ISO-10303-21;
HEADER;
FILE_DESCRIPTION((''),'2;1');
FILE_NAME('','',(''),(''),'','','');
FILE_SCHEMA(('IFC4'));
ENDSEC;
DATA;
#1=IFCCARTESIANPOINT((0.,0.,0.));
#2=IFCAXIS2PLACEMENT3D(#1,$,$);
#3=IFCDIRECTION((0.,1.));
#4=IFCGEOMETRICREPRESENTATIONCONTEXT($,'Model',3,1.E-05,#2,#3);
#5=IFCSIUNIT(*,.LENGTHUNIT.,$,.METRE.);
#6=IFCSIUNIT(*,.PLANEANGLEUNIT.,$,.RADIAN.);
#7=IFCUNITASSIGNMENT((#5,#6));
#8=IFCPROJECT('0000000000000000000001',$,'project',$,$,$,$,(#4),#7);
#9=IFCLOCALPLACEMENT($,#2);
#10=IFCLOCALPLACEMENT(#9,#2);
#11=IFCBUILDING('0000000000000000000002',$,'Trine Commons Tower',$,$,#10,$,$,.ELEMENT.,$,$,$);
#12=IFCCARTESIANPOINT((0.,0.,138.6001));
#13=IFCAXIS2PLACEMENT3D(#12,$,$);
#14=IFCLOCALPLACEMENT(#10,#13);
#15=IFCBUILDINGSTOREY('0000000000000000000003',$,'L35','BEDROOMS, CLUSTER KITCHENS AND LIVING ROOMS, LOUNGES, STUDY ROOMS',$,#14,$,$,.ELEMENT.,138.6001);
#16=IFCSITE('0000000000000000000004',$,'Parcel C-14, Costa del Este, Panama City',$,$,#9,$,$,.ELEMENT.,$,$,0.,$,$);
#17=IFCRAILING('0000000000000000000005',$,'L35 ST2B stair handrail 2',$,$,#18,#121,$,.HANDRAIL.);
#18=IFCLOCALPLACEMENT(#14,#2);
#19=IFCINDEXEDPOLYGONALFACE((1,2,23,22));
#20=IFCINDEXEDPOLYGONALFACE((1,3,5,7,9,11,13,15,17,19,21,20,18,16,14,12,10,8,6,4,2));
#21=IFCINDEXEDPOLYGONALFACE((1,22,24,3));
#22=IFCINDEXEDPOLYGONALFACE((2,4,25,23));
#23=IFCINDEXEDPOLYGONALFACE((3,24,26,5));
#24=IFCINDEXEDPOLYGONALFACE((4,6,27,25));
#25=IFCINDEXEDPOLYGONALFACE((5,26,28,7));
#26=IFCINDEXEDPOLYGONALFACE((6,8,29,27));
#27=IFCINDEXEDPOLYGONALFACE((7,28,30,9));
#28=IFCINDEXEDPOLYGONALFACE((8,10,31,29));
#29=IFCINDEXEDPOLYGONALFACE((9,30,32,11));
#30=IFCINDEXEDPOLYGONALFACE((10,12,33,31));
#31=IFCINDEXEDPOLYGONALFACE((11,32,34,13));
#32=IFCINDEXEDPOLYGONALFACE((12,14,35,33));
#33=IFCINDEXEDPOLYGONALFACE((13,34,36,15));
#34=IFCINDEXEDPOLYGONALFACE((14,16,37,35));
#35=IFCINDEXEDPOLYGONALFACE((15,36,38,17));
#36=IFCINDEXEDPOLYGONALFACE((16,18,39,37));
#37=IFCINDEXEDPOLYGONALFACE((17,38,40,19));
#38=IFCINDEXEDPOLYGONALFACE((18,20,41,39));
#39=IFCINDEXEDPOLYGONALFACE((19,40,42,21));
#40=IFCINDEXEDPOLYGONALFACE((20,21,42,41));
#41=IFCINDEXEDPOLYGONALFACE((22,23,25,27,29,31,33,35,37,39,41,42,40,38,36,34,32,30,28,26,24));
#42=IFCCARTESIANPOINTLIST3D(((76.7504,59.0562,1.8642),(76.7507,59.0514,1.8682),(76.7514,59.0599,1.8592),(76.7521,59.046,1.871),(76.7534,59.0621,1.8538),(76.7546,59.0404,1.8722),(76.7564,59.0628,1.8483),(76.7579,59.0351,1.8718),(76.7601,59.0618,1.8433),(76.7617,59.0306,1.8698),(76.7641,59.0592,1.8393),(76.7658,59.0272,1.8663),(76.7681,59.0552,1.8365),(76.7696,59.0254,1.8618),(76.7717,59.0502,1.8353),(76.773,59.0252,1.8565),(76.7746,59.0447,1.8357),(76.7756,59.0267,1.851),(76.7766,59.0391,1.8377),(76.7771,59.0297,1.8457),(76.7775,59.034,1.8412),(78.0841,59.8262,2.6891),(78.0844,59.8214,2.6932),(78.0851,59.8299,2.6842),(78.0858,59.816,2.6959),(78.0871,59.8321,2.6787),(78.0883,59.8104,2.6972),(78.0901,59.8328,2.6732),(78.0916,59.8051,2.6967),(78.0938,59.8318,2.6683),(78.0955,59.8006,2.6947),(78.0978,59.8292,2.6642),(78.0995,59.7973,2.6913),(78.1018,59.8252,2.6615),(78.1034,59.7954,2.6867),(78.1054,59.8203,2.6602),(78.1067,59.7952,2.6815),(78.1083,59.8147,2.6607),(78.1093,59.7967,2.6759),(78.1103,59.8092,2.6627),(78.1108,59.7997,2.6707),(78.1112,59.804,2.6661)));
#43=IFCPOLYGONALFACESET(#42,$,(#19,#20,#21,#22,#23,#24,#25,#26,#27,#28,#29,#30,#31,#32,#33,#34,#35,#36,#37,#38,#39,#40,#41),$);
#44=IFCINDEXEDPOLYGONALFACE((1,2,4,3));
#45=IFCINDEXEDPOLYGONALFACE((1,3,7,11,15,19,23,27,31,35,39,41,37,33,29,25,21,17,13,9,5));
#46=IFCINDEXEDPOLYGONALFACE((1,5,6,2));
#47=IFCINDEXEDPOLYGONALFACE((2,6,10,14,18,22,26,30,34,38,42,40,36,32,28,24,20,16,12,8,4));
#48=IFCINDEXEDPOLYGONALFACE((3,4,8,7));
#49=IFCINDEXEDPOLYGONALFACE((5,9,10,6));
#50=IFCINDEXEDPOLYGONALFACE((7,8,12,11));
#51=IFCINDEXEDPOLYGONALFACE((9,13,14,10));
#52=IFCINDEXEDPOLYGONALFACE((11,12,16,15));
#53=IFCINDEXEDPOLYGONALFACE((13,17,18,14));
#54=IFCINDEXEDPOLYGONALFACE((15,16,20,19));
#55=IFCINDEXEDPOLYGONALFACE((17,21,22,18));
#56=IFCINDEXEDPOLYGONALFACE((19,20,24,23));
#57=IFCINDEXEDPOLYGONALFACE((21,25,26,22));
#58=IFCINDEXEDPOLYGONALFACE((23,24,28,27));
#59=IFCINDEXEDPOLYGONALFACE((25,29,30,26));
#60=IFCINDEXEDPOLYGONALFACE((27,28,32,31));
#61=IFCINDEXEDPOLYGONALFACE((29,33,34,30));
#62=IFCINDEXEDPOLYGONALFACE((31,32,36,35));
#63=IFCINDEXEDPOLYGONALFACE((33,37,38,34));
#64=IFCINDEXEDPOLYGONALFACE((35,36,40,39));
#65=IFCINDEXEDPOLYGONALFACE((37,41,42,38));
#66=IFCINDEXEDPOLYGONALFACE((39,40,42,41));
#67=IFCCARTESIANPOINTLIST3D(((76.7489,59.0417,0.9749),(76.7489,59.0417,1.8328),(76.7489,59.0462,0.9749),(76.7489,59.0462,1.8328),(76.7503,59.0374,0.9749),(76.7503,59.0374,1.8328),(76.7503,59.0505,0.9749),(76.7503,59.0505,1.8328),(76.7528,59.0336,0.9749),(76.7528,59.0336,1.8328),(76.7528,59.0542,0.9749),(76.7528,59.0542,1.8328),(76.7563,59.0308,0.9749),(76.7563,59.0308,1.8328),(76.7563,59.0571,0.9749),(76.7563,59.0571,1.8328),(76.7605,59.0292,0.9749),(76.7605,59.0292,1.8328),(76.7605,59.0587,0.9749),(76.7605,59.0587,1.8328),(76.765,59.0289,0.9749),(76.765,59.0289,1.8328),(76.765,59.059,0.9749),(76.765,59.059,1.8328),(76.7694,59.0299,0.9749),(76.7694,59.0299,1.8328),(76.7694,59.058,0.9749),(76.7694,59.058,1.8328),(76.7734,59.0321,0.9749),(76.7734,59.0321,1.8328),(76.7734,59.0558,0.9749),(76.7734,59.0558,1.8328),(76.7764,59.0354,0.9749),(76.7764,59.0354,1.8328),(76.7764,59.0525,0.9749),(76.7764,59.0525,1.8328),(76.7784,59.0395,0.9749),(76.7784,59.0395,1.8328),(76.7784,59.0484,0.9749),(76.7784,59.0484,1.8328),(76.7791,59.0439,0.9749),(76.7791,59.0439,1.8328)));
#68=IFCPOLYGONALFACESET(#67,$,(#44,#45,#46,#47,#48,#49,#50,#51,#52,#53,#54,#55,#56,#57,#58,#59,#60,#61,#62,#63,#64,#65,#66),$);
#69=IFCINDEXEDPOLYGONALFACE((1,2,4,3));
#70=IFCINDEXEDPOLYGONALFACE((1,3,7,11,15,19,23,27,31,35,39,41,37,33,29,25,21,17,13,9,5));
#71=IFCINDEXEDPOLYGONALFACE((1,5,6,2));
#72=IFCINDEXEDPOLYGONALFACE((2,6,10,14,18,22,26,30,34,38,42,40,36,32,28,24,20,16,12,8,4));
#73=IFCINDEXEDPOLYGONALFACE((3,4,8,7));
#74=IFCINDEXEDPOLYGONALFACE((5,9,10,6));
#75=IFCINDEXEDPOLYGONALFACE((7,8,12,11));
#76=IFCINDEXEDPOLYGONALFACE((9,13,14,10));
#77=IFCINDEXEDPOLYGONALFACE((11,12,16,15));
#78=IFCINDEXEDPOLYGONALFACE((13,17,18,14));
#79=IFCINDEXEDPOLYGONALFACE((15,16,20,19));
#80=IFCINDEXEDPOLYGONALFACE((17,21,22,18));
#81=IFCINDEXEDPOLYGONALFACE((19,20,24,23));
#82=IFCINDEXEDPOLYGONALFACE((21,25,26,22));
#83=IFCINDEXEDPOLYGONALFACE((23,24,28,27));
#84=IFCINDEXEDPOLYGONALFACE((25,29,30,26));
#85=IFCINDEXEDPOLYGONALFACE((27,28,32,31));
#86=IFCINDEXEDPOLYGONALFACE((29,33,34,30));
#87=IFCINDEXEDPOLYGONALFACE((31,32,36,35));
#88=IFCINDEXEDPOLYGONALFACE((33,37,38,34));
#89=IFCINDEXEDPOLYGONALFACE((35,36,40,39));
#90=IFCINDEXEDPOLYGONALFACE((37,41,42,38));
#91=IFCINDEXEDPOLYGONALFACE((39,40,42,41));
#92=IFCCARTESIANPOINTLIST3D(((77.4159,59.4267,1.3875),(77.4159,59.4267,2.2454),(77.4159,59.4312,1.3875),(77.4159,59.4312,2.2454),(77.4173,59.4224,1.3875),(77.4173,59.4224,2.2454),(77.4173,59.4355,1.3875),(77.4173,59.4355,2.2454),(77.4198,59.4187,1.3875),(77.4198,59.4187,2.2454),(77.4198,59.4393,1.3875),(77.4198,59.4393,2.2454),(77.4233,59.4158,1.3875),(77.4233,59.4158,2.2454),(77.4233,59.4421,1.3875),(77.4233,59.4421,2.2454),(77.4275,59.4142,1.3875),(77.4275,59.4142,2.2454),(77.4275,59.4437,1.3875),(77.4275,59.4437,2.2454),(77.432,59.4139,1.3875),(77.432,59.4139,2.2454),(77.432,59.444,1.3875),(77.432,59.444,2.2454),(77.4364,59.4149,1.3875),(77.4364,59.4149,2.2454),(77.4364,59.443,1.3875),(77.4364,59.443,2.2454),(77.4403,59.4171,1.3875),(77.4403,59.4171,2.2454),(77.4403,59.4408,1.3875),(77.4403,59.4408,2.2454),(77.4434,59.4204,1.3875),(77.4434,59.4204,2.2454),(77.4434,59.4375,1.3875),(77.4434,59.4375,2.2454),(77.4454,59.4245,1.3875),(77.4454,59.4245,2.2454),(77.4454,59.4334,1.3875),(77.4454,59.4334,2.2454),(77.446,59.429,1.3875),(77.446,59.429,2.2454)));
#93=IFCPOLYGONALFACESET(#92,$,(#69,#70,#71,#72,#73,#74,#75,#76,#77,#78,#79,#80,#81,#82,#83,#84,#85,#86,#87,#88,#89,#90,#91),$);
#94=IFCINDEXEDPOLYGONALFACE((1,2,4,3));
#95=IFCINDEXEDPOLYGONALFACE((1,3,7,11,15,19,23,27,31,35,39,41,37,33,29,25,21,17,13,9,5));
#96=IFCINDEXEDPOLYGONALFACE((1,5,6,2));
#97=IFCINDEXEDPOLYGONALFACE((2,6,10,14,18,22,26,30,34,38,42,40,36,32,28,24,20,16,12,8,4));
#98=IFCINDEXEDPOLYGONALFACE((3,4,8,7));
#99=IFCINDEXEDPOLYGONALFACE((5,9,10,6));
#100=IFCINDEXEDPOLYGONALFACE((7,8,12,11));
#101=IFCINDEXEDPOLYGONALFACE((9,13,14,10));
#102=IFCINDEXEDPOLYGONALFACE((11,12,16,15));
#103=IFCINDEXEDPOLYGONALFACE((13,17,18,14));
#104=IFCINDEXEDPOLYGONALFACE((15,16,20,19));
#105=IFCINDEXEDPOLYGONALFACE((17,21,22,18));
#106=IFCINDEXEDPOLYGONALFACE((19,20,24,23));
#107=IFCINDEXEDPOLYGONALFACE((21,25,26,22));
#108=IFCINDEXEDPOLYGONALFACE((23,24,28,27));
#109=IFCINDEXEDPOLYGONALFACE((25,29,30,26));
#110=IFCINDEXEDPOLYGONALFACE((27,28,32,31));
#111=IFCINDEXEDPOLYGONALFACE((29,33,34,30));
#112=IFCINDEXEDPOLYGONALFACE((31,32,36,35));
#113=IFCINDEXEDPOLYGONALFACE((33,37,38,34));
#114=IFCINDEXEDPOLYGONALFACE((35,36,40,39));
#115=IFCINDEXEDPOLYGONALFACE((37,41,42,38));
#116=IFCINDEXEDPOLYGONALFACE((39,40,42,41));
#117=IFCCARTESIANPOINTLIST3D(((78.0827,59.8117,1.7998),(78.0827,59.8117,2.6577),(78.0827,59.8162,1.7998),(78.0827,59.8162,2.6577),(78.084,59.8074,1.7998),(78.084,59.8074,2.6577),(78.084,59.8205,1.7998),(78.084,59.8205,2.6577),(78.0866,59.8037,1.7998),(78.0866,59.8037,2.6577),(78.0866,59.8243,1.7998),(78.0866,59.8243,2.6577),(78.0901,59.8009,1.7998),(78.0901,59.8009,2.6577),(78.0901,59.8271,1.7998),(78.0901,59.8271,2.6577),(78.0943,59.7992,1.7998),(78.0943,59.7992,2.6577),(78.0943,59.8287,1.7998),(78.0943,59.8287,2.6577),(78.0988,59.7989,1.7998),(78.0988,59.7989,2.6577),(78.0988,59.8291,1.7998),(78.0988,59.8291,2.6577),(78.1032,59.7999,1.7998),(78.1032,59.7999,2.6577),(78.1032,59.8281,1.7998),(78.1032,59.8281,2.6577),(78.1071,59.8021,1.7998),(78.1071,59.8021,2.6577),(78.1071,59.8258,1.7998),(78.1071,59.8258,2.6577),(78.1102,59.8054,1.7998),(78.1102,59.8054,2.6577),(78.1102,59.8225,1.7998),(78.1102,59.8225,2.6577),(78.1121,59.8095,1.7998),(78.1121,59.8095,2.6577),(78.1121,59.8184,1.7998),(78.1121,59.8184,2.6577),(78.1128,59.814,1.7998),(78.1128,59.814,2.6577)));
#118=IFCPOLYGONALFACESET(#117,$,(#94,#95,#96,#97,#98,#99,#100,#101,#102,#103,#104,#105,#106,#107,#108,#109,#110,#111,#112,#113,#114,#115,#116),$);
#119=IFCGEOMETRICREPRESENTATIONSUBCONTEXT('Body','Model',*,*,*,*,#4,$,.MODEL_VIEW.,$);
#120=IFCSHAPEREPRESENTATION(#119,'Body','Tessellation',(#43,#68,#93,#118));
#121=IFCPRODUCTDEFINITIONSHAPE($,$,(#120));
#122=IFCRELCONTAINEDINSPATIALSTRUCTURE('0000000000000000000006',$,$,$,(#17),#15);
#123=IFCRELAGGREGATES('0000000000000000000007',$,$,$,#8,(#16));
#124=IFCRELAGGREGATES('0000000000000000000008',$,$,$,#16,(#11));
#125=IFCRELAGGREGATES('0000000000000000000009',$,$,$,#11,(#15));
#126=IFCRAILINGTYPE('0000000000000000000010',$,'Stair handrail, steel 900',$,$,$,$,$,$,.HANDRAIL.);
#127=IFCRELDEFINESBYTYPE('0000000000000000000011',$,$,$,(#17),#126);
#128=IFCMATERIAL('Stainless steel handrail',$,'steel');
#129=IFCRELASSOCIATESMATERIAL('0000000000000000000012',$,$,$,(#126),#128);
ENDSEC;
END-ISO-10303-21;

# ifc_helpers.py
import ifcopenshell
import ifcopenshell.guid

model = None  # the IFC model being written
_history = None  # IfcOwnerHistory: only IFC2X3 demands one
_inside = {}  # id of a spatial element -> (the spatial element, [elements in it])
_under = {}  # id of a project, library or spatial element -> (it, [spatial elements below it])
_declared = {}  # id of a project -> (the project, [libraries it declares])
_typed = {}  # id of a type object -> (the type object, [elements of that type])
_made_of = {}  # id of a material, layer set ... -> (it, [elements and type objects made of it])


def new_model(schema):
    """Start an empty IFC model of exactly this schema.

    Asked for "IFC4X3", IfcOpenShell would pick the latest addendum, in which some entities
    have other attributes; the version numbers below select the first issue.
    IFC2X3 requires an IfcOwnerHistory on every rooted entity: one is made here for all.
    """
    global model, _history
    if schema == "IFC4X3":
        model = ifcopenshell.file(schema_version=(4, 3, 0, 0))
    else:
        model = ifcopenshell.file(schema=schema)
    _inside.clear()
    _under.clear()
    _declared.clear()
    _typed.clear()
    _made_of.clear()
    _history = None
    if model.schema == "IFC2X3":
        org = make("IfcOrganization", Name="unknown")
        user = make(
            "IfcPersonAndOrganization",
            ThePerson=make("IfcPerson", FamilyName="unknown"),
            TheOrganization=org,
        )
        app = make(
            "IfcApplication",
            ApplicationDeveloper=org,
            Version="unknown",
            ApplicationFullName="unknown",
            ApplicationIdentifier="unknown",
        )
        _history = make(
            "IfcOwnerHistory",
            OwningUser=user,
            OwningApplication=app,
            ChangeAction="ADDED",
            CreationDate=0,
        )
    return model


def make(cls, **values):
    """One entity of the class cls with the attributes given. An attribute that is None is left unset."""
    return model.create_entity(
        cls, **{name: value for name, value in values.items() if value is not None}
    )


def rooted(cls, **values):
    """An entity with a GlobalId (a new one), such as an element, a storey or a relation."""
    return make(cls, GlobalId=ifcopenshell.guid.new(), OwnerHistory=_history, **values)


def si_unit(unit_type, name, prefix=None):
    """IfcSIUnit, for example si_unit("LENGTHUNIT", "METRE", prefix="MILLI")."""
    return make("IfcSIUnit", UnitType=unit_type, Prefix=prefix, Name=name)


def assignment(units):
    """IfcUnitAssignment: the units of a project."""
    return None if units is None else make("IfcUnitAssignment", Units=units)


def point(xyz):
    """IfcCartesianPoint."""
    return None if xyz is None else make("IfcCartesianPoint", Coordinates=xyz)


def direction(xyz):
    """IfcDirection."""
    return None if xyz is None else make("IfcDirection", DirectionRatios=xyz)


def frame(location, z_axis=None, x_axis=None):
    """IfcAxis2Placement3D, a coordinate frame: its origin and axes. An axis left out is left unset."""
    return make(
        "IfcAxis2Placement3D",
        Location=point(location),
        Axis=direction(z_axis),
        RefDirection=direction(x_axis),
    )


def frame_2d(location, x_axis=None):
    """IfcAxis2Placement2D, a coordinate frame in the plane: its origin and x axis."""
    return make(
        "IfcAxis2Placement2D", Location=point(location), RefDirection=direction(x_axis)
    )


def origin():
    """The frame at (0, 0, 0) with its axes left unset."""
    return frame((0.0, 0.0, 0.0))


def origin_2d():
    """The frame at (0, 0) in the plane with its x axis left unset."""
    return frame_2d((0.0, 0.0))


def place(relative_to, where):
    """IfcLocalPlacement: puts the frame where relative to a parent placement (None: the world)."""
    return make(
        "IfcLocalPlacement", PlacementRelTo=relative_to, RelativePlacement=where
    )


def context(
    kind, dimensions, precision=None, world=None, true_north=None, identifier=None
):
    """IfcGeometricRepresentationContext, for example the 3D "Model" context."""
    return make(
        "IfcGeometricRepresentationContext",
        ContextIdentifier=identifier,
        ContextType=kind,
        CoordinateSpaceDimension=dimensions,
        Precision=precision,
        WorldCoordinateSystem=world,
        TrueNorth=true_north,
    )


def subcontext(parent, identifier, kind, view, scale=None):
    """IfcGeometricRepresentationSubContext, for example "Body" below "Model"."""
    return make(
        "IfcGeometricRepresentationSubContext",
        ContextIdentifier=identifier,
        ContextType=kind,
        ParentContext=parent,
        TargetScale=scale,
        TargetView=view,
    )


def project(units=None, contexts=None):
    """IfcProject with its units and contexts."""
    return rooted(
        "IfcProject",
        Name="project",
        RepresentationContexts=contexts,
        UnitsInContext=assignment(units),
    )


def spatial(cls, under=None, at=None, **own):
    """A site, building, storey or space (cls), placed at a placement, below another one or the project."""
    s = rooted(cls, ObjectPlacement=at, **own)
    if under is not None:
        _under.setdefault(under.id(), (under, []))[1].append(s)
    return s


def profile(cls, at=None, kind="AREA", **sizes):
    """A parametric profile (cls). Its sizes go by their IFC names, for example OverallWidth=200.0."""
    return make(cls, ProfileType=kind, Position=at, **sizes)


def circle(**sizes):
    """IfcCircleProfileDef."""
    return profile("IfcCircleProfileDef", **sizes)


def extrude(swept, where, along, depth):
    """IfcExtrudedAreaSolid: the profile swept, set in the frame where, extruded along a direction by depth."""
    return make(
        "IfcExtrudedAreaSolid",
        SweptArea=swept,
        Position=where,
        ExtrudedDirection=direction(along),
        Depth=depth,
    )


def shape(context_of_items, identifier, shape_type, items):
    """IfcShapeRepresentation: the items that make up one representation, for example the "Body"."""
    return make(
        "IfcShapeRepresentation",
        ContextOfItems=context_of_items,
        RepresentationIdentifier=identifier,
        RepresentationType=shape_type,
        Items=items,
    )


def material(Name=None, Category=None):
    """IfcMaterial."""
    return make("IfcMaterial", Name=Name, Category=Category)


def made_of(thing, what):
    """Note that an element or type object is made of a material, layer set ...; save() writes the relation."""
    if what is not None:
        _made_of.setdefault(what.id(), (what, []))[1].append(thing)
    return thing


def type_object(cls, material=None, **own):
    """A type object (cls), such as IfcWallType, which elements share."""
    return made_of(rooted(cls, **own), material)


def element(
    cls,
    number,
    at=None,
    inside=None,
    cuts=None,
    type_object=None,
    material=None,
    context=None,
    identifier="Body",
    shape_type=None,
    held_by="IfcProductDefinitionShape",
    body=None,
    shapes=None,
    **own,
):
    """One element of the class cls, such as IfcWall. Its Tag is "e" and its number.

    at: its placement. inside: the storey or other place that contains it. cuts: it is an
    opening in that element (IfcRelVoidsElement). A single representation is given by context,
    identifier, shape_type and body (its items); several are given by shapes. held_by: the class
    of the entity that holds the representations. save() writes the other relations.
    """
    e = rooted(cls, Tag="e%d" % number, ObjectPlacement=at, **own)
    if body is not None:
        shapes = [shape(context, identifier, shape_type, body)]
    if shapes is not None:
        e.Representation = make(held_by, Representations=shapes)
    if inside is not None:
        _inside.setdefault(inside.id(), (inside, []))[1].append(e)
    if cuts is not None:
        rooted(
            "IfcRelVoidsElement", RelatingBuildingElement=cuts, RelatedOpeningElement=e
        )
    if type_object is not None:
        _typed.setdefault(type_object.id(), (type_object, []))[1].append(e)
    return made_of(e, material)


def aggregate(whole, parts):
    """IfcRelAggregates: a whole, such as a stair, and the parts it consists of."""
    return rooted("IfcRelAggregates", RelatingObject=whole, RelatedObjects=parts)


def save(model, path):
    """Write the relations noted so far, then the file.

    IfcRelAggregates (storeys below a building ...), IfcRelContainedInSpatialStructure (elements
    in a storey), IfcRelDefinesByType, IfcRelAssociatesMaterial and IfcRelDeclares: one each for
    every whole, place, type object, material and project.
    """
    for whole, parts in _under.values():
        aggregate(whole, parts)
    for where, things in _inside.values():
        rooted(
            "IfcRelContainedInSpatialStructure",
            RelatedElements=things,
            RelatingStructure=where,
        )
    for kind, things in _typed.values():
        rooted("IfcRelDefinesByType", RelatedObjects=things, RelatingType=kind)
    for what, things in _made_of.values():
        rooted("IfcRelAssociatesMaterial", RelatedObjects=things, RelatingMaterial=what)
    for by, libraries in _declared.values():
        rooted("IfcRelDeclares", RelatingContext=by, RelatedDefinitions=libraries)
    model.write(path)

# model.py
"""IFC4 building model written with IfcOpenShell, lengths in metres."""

from ifc_helpers import new_model, si_unit, direction, frame, origin, origin_2d, place, context, subcontext, project, spatial, circle, extrude, material, type_object, element, save


model = new_model("IFC4")

# Units and contexts
model_context = context("Model", 3, precision=1e-05, world=origin(), true_north=direction((0.0, 1.0)))
body_context = subcontext(model_context, "Body", "Model", "MODEL_VIEW")
ifc_project = project(units=[si_unit("LENGTHUNIT", "METRE"), si_unit("PLANEANGLEUNIT", "RADIAN")], contexts=[model_context])

# Site, building, storey
site_placement = place(None, origin())
site = spatial("IfcSite", under=ifc_project, at=site_placement, Name="Parcel C-14, Costa del Este, Panama City", CompositionType="ELEMENT", RefElevation=0.0)
building_placement = place(site_placement, origin())
building = spatial("IfcBuilding", under=site, at=building_placement, Name="Trine Commons Tower", CompositionType="ELEMENT")
storey_placement = place(building_placement, frame((0.0, 0.0, 138.6001)))
storey = spatial("IfcBuildingStorey", under=building, at=storey_placement, Name="L35", Description="BEDROOMS, CLUSTER KITCHENS AND LIVING ROOMS, LOUNGES, STUDY ROOMS", CompositionType="ELEMENT", Elevation=138.6001)

# Railing
ifc_material_1 = material(Name="Stainless steel handrail", Category="steel")
railing_type_1 = type_object("IfcRailingType", Name="Stair handrail, steel 900", PredefinedType="HANDRAIL", material=ifc_material_1)
for number, where, name in (
    (1, (76.7639, 59.0439, 0.9749), "L35 ST2B stair handrail 2"),
):
    element("IfcRailing", number, at=place(storey_placement, frame(where)), inside=storey, type_object=railing_type_1, Name=name, PredefinedType="HANDRAIL", context=body_context, shape_type="SweptSolid", body=[
        extrude(circle(Radius=0.021, at=origin_2d()), frame((0.0, 0.0, 0.8789), z_axis=(0.763405, 0.440743, 0.472185), x_axis=(-0.499992, 0.86603, 0.0)), (0.0, 0.0, 1.0), 1.7471),
        extrude(circle(Radius=0.0151, at=origin_2d()), origin(), (0.0, 0.0, 1.0), 0.8579),
        extrude(circle(Radius=0.0151, at=origin_2d()), frame((0.667, 0.385, 0.4126)), (0.0, 0.0, 1.0), 0.8579),
        extrude(circle(Radius=0.0151, at=origin_2d()), frame((1.3337, 0.77, 0.825)), (0.0, 0.0, 1.0), 0.8579),
    ])

save(model, "model.ifc")
